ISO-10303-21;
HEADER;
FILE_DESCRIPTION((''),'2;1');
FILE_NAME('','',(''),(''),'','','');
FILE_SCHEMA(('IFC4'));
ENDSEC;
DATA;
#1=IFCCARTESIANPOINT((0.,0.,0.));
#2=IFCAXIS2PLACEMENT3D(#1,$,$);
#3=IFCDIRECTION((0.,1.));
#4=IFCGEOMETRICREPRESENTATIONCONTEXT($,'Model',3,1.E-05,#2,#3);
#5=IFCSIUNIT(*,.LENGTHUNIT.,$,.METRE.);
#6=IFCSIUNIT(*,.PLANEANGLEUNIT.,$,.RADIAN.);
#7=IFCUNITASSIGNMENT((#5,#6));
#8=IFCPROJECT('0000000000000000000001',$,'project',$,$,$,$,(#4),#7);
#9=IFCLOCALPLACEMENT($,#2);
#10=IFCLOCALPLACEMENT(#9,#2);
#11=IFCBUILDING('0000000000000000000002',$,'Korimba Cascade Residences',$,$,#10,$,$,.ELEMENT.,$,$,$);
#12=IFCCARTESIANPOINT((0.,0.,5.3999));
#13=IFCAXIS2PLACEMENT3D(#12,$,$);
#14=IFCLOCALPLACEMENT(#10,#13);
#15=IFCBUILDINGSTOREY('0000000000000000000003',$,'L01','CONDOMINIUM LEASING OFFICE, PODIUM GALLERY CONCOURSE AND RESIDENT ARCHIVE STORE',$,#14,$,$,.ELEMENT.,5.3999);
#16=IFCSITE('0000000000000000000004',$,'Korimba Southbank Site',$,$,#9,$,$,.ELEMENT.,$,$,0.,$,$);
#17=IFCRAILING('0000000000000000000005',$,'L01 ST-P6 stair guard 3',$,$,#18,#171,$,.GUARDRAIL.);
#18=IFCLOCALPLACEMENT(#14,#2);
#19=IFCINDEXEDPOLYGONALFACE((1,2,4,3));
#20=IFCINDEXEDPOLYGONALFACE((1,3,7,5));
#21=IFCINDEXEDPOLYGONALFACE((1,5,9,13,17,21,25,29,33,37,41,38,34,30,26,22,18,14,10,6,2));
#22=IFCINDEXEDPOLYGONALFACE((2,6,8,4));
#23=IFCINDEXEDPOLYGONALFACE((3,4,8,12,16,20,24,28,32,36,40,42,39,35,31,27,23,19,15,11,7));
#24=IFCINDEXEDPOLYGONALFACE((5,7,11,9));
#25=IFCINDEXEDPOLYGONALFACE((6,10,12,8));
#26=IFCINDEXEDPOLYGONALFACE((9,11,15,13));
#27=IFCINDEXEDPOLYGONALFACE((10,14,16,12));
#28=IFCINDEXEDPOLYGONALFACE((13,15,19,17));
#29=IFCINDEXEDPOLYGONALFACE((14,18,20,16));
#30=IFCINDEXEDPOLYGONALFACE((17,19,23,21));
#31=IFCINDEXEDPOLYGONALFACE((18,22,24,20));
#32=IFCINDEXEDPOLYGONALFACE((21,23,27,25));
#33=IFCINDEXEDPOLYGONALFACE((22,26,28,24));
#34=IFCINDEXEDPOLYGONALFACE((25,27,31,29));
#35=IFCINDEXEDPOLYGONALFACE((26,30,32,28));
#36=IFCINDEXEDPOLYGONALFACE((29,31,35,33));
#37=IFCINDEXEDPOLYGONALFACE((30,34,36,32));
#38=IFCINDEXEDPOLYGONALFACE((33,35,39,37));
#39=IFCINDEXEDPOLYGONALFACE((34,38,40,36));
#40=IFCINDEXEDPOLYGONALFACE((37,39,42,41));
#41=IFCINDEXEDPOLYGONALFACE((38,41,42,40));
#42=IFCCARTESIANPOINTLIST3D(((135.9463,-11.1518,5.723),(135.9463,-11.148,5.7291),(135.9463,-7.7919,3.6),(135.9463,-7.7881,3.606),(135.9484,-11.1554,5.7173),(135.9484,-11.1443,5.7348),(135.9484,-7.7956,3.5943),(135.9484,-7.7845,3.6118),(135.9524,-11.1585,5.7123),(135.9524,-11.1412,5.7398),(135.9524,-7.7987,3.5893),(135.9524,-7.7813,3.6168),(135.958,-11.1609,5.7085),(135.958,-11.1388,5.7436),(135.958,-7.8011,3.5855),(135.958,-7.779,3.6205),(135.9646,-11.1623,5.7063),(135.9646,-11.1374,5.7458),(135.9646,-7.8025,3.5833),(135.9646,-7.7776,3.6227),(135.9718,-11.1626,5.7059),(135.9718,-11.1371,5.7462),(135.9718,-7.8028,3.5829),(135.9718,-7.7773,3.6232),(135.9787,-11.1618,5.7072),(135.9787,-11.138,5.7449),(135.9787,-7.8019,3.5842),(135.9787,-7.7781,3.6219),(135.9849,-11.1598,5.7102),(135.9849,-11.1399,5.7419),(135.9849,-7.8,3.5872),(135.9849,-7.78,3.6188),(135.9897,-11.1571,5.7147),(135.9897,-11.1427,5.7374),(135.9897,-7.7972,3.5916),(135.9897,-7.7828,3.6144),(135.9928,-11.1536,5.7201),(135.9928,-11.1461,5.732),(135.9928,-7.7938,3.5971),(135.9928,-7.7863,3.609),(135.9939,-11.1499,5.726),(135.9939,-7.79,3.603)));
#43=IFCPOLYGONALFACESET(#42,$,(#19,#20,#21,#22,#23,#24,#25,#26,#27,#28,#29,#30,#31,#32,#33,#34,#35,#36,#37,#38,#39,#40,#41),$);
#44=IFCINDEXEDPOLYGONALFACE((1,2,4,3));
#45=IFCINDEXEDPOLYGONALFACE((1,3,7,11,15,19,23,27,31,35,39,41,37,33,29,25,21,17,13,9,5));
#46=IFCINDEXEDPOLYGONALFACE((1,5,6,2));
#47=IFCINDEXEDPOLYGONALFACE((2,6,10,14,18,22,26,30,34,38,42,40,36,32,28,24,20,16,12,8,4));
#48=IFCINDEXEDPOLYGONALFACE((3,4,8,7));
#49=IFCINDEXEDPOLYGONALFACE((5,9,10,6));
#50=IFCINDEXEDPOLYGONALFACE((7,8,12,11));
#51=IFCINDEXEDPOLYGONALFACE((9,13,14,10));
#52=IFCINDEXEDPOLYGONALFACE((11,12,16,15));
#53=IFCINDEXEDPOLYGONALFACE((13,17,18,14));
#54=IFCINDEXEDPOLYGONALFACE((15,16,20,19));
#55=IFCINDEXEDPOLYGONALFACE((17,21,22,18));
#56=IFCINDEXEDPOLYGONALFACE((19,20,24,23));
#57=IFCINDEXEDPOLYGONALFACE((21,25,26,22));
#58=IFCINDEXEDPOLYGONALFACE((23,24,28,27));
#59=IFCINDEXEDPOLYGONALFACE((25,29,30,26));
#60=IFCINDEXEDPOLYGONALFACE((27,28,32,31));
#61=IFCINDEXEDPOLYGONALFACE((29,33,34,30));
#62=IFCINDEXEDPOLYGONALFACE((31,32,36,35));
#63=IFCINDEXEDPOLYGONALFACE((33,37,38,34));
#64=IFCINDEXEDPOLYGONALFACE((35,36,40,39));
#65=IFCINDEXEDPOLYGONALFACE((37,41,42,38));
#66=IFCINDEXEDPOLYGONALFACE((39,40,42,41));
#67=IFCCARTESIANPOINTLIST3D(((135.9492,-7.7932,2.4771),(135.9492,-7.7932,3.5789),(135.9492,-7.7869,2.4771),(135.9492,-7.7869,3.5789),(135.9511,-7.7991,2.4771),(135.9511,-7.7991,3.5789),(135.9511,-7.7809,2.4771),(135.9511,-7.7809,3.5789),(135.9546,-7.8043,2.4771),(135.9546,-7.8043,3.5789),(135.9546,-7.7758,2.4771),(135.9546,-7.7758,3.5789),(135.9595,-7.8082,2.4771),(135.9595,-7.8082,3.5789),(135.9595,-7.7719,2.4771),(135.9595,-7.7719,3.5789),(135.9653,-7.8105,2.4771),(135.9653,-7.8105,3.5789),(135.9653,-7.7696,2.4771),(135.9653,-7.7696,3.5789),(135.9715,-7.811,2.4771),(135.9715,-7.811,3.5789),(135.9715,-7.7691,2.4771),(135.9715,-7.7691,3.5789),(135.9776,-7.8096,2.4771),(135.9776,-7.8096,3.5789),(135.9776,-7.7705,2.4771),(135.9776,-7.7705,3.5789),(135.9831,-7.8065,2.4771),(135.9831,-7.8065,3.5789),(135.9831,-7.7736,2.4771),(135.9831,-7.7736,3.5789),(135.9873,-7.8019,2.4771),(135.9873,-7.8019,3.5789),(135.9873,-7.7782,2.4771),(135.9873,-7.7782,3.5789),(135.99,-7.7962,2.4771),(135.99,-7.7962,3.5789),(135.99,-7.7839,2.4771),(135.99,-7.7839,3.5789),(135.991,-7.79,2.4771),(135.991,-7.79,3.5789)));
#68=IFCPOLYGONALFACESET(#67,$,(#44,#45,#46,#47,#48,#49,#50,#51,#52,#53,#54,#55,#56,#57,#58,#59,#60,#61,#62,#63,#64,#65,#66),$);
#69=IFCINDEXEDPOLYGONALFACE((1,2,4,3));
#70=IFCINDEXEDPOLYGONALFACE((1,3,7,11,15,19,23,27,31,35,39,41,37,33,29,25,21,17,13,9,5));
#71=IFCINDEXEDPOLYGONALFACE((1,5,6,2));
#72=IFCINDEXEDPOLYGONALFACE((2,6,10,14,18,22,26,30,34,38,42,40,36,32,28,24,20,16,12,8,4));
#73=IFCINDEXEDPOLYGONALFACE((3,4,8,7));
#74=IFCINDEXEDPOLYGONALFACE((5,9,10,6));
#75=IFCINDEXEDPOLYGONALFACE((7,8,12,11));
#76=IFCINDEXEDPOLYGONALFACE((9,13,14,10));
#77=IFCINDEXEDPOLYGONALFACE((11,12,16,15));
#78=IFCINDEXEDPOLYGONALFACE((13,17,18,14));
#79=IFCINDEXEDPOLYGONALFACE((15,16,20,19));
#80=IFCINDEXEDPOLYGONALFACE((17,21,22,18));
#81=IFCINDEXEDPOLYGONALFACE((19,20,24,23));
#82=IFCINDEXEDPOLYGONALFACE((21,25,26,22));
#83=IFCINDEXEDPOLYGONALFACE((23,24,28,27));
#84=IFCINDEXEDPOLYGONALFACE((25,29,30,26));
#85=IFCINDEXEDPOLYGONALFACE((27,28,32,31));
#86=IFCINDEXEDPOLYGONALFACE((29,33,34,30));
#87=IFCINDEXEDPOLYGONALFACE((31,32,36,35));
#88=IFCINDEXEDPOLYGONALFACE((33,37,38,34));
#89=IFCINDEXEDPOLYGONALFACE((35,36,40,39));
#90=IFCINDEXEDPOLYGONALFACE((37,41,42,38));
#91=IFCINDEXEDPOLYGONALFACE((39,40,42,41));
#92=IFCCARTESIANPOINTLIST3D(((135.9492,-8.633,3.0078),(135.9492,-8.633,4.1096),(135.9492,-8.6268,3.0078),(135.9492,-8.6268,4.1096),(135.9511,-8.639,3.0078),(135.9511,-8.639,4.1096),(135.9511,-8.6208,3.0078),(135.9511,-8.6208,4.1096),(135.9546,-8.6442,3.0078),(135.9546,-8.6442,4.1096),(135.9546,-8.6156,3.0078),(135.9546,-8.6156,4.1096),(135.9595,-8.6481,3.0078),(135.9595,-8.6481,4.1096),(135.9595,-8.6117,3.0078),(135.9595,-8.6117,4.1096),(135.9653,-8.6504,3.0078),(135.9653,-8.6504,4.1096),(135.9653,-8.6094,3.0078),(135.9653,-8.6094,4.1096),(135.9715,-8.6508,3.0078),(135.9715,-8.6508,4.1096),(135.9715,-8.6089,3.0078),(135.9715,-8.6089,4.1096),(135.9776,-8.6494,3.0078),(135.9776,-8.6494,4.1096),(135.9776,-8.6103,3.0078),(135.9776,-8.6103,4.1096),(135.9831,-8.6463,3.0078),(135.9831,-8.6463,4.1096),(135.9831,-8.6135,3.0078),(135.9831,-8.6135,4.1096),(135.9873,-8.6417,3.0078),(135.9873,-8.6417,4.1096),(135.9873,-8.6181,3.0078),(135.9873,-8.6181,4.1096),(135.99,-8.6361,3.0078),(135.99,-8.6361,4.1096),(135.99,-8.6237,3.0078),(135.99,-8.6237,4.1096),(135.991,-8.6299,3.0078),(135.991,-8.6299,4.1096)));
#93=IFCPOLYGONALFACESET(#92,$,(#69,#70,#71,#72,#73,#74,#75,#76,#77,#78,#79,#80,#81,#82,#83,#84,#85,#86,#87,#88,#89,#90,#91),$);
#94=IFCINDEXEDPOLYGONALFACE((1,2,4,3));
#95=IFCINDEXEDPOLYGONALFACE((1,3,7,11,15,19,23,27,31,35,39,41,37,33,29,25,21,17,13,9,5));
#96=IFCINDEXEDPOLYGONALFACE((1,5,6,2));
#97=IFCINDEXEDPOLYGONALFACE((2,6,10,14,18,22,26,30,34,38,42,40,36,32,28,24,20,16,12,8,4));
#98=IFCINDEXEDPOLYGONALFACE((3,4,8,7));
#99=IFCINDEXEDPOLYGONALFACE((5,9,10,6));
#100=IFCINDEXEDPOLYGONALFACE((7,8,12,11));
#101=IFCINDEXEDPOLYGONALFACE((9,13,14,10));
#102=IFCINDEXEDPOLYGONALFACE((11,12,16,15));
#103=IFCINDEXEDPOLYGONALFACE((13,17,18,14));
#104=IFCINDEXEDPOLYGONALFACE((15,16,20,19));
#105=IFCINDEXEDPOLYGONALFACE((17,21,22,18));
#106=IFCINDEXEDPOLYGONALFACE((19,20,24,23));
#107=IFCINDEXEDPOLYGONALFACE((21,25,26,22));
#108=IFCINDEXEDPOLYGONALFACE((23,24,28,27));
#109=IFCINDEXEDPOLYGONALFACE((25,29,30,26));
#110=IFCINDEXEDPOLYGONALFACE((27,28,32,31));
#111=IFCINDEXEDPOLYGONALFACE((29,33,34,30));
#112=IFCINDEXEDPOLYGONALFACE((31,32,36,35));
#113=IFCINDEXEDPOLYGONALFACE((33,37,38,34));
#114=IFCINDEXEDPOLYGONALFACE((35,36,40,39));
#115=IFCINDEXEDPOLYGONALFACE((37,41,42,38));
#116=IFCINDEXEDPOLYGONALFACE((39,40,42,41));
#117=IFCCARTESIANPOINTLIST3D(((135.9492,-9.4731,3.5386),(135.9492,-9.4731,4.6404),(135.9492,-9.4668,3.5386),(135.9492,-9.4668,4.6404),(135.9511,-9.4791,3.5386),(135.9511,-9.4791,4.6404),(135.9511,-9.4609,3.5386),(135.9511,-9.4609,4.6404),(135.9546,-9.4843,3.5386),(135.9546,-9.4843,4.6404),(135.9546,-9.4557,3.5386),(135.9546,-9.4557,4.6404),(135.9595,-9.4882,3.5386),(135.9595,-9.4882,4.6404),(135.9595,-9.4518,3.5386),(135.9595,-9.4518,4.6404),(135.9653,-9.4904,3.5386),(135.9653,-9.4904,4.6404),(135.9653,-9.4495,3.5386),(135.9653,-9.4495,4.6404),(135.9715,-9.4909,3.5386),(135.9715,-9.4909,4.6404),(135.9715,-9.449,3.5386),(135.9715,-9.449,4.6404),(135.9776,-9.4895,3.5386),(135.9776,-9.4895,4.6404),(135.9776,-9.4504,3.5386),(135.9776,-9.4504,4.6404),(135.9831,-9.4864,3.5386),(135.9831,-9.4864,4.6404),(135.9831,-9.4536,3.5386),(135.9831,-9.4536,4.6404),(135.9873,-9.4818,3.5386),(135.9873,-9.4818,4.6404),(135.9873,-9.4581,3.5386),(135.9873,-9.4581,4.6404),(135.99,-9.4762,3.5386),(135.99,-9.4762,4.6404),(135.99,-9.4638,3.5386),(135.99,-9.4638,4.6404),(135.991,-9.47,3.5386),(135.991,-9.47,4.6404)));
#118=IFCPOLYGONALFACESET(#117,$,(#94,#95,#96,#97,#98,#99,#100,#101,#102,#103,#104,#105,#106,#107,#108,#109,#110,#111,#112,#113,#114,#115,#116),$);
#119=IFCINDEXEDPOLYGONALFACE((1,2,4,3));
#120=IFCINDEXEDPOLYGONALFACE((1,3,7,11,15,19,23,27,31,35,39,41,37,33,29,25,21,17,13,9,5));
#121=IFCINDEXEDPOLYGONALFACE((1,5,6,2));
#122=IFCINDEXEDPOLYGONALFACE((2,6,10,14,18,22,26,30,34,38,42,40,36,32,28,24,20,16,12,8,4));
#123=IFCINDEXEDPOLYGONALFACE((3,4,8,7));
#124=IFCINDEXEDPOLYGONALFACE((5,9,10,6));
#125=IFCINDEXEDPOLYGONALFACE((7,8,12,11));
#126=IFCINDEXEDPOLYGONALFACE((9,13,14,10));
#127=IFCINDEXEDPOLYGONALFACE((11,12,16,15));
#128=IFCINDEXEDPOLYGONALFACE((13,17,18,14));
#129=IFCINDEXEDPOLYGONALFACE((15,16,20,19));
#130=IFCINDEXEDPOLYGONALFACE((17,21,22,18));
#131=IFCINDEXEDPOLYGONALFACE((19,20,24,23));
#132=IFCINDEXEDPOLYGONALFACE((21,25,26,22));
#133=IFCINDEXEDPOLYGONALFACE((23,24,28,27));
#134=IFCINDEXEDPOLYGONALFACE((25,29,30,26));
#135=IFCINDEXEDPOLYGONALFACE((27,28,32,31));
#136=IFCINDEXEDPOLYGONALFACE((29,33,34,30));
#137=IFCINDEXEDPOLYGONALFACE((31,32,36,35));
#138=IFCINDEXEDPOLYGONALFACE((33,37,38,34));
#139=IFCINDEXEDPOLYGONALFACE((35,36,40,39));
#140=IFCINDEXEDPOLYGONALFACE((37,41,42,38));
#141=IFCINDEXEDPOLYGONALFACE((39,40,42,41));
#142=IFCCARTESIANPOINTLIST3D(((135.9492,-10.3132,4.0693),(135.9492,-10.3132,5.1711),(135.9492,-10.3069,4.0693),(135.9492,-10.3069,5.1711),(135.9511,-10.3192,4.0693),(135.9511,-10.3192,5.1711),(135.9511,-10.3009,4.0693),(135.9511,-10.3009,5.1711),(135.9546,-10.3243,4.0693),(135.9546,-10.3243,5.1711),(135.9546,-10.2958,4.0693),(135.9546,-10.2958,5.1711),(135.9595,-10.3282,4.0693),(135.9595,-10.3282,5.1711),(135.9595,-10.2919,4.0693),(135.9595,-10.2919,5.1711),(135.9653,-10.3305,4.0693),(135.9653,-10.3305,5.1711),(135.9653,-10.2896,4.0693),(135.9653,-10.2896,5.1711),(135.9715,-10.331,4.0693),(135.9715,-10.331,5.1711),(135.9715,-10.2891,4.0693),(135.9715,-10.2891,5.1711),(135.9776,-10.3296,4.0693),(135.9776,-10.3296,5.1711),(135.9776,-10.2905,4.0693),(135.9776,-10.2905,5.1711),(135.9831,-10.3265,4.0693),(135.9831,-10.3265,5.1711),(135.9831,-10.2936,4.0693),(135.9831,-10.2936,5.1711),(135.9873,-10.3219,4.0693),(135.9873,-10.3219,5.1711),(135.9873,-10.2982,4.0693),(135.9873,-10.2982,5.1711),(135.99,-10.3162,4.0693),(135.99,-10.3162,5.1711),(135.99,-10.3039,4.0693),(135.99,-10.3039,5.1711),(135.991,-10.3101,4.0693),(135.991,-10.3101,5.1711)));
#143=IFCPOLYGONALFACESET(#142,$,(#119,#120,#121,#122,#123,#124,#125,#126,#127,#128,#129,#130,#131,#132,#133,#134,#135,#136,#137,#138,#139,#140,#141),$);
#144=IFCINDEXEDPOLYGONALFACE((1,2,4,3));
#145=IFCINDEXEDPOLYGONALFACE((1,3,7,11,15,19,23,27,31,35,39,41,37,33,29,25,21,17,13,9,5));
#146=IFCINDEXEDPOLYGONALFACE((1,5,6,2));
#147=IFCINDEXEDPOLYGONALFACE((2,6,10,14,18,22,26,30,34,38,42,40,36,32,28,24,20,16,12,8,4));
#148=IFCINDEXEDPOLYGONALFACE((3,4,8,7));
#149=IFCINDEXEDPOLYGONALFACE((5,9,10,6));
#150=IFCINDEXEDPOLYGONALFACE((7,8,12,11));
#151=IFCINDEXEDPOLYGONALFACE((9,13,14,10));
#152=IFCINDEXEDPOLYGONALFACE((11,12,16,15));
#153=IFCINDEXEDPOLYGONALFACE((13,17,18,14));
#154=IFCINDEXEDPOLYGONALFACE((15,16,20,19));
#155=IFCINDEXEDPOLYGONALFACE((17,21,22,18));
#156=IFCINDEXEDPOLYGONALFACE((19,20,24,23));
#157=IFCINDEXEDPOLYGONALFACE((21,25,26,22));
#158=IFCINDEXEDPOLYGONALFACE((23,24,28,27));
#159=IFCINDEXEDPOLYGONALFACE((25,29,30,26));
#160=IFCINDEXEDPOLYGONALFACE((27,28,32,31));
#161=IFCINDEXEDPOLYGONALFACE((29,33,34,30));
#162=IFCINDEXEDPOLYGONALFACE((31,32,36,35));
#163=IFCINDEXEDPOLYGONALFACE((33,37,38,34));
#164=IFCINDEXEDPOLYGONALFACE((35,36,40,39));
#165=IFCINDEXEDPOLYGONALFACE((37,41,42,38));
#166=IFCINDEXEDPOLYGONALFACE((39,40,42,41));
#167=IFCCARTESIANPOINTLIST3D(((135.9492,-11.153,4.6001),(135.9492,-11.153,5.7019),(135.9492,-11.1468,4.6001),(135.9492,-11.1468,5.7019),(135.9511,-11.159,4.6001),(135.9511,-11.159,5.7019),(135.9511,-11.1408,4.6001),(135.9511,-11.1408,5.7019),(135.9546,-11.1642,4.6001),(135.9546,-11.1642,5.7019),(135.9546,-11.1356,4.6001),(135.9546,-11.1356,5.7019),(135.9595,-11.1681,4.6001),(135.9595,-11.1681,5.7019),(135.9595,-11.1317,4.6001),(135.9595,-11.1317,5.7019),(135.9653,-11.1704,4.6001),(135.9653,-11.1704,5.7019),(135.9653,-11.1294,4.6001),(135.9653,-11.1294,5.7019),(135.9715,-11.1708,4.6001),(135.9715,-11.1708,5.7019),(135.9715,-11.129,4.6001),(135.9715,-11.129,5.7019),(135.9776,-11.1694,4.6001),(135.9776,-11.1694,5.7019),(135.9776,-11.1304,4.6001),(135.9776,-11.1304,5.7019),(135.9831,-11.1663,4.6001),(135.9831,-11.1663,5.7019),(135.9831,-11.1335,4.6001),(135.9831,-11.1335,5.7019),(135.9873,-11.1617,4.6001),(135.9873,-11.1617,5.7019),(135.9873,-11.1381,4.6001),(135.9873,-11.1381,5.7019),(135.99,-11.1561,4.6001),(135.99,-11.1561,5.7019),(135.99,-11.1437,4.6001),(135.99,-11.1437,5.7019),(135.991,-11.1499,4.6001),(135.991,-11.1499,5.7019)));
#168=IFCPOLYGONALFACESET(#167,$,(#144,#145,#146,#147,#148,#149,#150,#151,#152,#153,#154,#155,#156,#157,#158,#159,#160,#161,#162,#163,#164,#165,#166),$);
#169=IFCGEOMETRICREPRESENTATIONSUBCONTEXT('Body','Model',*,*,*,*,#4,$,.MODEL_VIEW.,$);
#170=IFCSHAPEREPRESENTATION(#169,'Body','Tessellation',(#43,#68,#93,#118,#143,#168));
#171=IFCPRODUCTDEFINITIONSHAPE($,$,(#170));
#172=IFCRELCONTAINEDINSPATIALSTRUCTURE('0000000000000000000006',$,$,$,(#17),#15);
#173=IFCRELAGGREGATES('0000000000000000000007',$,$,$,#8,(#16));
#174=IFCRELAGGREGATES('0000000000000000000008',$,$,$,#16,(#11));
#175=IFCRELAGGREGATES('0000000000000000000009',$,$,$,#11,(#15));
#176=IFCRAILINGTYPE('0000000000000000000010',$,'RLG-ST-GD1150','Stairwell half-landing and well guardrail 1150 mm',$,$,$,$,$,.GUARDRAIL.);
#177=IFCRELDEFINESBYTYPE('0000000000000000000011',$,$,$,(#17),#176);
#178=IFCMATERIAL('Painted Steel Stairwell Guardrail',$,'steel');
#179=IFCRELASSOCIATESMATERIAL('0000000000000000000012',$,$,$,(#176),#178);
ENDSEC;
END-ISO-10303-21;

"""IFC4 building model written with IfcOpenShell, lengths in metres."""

from ifc_helpers import new_model, si_unit, direction, frame, origin, origin_2d, place, context, subcontext, project, spatial, circle, extrude, material, type_object, element, save


model = new_model("IFC4")

# Units and contexts
model_context = context("Model", 3, precision=1e-05, world=origin(), true_north=direction((0.0, 1.0)))
body_context = subcontext(model_context, "Body", "Model", "MODEL_VIEW")
ifc_project = project(units=[si_unit("LENGTHUNIT", "METRE"), si_unit("PLANEANGLEUNIT", "RADIAN")], contexts=[model_context])

# Site, building, storey
site_placement = place(None, origin())
site = spatial("IfcSite", under=ifc_project, at=site_placement, Name="Korimba Southbank Site", CompositionType="ELEMENT", RefElevation=0.0)
building_placement = place(site_placement, origin())
building = spatial("IfcBuilding", under=site, at=building_placement, Name="Korimba Cascade Residences", CompositionType="ELEMENT")
storey_placement = place(building_placement, frame((0.0, 0.0, 5.3999)))
storey = spatial("IfcBuildingStorey", under=building, at=storey_placement, Name="L01", Description="CONDOMINIUM LEASING OFFICE, PODIUM GALLERY CONCOURSE AND RESIDENT ARCHIVE STORE", CompositionType="ELEMENT", Elevation=5.3999)

# Railing
ifc_material_1 = material(Name="Painted Steel Stairwell Guardrail", Category="steel")
railing_type_1 = type_object("IfcRailingType", Name="RLG-ST-GD1150", Description="Stairwell half-landing and well guardrail 1150 mm", PredefinedType="GUARDRAIL", material=ifc_material_1)
railing_1_placement = place(storey_placement, frame((135.97, -7.79, 2.4771)))
element("IfcRailing", 1, at=railing_1_placement, inside=storey, type_object=railing_type_1, Name="L01 ST-P6 stair guard 3", PredefinedType="GUARDRAIL", context=body_context, shape_type="SweptSolid", body=[
    extrude(circle(Radius=0.0239, at=origin_2d()), frame((0.0, 0.0, 1.126), z_axis=(0.0, -0.845372, 0.534178), x_axis=(1.0, 0.0, 0.0)), (0.0, 0.0, 1.0), 3.9744),
    extrude(circle(Radius=0.021, at=origin_2d()), origin(), (0.0, 0.0, 1.0), 1.1018),
    extrude(circle(Radius=0.021, at=origin_2d()), frame((0.0, -0.8398, 0.5308)), (0.0, 0.0, 1.0), 1.1018),
    extrude(circle(Radius=0.021, at=origin_2d()), frame((0.0, -1.6799, 1.0615)), (0.0, 0.0, 1.0), 1.1018),
    extrude(circle(Radius=0.021, at=origin_2d()), frame((0.0, -2.52, 1.5923)), (0.0, 0.0, 1.0), 1.1018),
    extrude(circle(Radius=0.021, at=origin_2d()), frame((0.0, -3.3599, 2.123)), (0.0, 0.0, 1.0), 1.1018),
])

save(model, "model.ifc")
